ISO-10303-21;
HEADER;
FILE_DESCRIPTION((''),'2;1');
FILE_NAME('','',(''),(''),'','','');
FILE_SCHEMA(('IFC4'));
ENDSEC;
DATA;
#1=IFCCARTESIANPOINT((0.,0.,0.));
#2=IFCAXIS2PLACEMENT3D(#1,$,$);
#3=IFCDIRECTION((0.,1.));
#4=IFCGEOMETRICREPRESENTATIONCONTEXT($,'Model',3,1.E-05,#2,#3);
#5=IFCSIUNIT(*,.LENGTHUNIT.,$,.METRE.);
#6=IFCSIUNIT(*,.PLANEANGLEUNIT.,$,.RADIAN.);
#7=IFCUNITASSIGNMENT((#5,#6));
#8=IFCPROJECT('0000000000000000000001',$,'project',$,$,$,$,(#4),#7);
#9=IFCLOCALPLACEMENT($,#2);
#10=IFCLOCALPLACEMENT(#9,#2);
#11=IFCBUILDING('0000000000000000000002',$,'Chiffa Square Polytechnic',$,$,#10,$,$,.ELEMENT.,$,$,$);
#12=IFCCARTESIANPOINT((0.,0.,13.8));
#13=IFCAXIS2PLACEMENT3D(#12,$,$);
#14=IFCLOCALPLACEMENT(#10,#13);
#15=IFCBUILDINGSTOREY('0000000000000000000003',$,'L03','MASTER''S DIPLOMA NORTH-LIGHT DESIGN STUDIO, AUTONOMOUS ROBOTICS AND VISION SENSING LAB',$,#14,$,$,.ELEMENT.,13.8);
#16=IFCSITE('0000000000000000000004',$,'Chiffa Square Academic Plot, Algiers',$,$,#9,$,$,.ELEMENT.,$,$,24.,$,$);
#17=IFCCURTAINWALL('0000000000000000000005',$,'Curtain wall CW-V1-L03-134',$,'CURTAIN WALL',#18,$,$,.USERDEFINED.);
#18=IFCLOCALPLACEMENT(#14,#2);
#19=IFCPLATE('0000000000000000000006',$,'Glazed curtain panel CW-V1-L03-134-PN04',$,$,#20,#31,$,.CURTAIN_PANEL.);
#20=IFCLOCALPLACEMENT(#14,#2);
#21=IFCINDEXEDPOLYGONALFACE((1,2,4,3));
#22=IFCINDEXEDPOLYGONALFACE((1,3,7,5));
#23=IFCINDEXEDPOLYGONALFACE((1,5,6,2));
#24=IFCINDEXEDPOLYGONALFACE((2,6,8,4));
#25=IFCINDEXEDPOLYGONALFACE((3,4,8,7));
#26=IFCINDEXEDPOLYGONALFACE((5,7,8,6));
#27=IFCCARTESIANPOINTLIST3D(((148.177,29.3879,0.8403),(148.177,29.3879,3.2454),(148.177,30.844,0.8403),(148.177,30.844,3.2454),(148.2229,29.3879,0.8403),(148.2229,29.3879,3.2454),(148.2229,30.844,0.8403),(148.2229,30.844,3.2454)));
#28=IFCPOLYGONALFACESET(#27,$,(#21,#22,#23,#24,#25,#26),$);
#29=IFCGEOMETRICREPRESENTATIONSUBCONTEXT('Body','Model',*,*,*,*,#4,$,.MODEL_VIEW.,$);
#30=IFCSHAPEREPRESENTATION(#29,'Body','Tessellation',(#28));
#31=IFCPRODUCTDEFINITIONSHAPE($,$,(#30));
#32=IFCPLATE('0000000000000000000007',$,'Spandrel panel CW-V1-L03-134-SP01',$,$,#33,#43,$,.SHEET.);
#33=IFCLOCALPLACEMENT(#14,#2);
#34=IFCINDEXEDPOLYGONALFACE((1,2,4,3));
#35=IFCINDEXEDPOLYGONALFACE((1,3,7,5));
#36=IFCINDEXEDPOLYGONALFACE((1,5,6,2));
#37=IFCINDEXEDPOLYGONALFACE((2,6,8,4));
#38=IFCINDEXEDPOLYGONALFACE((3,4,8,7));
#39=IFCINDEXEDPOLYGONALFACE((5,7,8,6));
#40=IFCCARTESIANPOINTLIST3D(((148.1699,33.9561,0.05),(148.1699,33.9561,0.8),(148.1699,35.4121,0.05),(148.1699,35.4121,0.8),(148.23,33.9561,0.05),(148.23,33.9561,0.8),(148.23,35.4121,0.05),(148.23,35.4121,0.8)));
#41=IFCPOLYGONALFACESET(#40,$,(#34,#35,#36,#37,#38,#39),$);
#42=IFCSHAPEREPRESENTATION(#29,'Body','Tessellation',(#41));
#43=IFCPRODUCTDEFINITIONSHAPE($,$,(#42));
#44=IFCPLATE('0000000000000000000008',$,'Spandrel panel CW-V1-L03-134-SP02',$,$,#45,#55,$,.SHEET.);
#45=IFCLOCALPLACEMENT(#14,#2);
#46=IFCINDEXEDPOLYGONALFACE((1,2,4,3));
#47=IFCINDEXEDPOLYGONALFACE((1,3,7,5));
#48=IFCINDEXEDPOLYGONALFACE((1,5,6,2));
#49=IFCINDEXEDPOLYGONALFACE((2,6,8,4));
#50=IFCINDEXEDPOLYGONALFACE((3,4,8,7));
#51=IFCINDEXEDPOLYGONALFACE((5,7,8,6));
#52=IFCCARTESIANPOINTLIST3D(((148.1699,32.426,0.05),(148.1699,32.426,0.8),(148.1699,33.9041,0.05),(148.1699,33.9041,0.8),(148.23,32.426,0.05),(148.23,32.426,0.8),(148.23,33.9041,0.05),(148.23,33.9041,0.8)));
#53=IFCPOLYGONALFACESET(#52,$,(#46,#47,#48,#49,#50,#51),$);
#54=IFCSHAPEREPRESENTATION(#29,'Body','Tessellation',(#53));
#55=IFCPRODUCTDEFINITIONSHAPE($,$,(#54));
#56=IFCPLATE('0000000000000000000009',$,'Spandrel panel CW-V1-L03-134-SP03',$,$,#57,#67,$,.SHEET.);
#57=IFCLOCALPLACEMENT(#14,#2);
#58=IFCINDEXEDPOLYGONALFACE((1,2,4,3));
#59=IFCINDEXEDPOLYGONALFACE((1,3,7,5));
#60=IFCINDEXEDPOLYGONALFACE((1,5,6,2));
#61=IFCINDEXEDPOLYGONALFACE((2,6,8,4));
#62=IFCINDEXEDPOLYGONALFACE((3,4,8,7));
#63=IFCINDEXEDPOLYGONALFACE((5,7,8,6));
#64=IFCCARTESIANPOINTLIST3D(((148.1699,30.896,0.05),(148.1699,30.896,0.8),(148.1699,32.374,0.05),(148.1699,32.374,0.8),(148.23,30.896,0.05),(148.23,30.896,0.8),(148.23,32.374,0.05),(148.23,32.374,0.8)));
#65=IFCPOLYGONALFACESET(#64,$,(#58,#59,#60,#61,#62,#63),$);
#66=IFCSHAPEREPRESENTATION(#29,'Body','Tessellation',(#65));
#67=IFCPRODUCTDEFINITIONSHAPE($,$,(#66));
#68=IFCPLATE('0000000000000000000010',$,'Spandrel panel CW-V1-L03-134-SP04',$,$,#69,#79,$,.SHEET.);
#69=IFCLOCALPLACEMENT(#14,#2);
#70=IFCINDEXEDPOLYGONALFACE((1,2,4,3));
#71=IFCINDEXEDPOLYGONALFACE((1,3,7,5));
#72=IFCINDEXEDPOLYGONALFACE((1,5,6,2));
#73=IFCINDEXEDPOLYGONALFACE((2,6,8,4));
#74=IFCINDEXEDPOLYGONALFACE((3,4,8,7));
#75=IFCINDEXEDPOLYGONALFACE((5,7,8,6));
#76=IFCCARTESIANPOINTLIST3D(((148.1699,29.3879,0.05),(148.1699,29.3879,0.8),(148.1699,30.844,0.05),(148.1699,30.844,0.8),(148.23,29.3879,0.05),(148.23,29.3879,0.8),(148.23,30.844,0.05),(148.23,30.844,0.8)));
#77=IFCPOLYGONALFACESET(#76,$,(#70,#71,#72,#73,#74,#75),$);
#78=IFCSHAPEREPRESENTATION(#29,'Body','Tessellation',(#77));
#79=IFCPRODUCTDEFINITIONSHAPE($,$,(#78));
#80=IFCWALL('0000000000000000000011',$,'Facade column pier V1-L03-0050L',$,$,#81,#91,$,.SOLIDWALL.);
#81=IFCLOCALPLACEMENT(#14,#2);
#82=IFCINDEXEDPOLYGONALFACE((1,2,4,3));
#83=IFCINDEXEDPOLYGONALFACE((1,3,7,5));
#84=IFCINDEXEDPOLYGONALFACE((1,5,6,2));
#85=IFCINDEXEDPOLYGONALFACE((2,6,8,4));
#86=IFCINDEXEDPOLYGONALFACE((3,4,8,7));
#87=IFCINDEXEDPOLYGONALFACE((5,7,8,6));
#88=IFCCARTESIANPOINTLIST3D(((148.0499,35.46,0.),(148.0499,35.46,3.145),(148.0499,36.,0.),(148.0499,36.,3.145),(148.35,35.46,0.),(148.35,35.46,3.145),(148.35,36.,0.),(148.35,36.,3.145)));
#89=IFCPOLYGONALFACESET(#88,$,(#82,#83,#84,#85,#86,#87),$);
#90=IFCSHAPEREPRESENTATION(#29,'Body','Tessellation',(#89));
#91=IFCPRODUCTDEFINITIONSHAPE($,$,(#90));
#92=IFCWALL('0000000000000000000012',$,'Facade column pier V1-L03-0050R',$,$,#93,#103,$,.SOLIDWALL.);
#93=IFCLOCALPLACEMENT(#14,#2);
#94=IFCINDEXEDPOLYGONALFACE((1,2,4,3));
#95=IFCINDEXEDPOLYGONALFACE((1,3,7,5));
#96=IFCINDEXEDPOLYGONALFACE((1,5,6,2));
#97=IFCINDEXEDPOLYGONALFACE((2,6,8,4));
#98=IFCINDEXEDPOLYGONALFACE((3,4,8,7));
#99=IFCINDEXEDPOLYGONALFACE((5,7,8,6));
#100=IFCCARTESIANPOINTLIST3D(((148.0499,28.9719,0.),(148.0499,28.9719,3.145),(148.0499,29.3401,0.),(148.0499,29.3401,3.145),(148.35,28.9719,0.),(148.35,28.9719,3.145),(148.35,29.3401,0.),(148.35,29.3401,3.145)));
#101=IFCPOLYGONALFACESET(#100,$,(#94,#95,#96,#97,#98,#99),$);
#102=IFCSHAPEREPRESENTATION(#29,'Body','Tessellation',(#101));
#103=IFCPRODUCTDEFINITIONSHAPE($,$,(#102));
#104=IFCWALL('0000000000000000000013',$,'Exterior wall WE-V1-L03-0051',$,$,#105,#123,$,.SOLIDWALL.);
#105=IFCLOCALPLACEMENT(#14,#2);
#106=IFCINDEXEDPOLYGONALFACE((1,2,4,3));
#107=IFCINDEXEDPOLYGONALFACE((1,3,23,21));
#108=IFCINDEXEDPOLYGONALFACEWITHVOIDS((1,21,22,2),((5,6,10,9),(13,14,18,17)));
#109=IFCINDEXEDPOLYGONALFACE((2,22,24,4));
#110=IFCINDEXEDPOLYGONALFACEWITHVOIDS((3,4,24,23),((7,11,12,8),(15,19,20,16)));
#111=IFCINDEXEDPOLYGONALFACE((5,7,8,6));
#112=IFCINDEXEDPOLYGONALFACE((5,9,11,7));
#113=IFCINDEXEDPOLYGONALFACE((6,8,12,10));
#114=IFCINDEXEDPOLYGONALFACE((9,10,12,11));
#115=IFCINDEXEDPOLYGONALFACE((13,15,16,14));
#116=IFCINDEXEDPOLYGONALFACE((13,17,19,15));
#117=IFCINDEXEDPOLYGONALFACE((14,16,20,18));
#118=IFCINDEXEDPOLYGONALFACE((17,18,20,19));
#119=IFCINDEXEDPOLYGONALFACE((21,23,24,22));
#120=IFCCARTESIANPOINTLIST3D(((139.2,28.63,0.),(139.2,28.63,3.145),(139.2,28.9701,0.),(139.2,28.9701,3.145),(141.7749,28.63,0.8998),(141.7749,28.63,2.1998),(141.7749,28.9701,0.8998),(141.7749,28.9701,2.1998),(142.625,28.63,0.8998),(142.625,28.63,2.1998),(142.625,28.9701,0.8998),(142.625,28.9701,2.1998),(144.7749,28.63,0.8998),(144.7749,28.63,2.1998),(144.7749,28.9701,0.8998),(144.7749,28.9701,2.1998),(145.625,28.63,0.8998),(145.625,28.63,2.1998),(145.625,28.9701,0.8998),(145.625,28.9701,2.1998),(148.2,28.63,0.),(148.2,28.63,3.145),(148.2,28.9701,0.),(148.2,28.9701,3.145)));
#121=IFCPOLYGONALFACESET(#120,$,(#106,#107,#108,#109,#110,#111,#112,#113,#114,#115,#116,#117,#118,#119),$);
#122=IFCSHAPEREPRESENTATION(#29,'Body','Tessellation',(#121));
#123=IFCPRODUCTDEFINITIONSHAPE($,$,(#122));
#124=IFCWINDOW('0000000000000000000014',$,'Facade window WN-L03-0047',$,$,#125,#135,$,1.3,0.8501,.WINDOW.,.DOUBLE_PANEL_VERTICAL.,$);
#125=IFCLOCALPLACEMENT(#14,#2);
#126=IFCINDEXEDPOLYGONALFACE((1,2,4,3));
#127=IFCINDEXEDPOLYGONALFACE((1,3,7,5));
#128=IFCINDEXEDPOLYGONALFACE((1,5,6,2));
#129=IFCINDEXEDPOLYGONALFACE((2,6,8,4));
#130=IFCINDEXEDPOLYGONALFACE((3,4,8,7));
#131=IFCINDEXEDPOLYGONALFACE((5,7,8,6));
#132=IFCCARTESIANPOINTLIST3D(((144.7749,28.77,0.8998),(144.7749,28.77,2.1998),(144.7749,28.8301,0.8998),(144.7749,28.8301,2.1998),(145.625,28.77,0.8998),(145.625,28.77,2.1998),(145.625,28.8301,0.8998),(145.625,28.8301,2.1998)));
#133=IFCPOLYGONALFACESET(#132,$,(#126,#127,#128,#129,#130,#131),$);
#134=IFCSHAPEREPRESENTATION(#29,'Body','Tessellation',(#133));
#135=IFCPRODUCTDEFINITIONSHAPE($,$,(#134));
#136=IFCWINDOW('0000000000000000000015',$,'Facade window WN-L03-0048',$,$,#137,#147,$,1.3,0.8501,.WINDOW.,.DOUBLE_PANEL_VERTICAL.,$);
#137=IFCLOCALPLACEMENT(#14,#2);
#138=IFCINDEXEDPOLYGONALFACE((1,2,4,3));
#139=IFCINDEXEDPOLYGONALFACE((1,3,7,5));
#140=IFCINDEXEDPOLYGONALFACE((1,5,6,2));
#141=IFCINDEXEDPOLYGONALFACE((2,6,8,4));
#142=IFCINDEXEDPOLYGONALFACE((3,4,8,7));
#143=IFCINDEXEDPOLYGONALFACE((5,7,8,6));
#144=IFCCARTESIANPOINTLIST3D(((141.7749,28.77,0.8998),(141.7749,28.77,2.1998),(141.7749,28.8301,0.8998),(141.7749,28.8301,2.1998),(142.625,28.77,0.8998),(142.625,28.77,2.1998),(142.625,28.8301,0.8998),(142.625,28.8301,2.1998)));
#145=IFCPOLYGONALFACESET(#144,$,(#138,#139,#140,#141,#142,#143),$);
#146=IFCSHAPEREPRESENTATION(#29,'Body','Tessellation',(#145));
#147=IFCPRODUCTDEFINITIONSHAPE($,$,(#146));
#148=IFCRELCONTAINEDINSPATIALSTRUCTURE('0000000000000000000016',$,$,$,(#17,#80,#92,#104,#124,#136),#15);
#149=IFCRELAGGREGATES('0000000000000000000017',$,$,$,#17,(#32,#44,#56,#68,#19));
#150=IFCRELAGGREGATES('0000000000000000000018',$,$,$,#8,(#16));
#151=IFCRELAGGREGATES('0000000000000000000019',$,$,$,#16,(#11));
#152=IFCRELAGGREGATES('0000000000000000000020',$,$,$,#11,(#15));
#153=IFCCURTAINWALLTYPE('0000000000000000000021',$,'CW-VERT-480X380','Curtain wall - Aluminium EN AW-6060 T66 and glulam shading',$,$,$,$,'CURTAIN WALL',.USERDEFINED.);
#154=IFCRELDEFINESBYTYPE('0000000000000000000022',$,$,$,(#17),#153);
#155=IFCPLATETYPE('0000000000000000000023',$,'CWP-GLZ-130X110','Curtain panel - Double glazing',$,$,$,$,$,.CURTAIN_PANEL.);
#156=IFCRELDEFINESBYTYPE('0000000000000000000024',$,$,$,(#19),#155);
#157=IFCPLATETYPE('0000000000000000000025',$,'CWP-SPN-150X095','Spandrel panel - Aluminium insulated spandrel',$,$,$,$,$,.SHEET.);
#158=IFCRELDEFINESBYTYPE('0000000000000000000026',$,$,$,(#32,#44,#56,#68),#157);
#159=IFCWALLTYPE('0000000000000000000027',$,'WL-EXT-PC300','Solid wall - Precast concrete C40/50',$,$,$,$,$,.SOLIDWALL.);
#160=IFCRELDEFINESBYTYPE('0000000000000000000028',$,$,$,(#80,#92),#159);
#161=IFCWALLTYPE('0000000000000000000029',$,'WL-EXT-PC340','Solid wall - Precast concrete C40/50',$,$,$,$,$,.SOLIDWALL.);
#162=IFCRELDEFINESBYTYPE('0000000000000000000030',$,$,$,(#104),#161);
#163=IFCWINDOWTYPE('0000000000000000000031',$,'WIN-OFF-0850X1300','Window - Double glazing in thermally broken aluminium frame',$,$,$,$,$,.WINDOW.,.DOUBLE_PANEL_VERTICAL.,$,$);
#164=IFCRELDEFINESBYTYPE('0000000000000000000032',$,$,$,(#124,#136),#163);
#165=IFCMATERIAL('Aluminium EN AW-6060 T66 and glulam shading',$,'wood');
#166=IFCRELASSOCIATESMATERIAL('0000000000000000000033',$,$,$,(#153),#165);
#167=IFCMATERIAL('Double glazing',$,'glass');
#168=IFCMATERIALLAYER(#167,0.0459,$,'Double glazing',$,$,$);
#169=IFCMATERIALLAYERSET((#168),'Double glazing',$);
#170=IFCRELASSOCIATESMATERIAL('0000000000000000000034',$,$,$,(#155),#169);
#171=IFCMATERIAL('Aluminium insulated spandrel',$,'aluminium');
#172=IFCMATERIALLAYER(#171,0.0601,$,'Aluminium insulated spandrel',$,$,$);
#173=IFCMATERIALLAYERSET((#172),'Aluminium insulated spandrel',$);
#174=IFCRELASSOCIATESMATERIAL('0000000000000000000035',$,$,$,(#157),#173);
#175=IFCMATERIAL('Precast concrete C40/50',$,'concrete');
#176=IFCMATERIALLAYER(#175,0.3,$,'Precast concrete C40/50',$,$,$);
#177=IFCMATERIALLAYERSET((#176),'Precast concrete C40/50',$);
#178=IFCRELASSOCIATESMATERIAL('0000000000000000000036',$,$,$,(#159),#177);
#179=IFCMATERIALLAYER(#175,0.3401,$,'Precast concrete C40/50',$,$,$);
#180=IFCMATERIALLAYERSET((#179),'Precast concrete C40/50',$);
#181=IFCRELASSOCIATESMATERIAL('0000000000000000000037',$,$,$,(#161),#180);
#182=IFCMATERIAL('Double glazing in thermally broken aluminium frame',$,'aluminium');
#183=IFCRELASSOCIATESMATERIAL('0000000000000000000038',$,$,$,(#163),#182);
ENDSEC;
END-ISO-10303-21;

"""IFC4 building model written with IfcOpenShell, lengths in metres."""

from ifc_helpers import new_model, si_unit, direction, frame, frame_2d, origin, origin_2d, place, context, subcontext, project, spatial, rectangle, extrude, material, layer, layer_set, type_object, element, fill, aggregate, save


model = new_model("IFC4")

# Units and contexts
model_context = context("Model", 3, precision=1e-05, world=origin(), true_north=direction((0.0, 1.0)))
body_context = subcontext(model_context, "Body", "Model", "MODEL_VIEW")
ifc_project = project(units=[si_unit("LENGTHUNIT", "METRE"), si_unit("PLANEANGLEUNIT", "RADIAN")], contexts=[model_context])

# Site, building, storey
site_placement = place(None, origin())
site = spatial("IfcSite", under=ifc_project, at=site_placement, Name="Chiffa Square Academic Plot, Algiers", CompositionType="ELEMENT", RefElevation=24.0)
building_placement = place(site_placement, origin())
building = spatial("IfcBuilding", under=site, at=building_placement, Name="Chiffa Square Polytechnic", CompositionType="ELEMENT")
storey_placement = place(building_placement, frame((0.0, 0.0, 13.8)))
storey = spatial("IfcBuildingStorey", under=building, at=storey_placement, Name="L03", Description="MASTER'S DIPLOMA NORTH-LIGHT DESIGN STUDIO, AUTONOMOUS ROBOTICS AND VISION SENSING LAB", CompositionType="ELEMENT", Elevation=13.8)

# Curtain wall
ifc_material_1 = material(Name="Aluminium EN AW-6060 T66 and glulam shading", Category="wood")
curtain_wall_type = type_object("IfcCurtainWallType", Name="CW-VERT-480X380", Description="Curtain wall - Aluminium EN AW-6060 T66 and glulam shading", ElementType="CURTAIN WALL", PredefinedType="USERDEFINED", material=ifc_material_1)
curtain_wall_placement = place(storey_placement, origin())
curtain_wall = element("IfcCurtainWall", 1, at=curtain_wall_placement, inside=storey, type_object=curtain_wall_type, Name="Curtain wall CW-V1-L03-134", ObjectType="CURTAIN WALL", PredefinedType="USERDEFINED")

# Plates
ifc_material_2 = material(Name="Double glazing", Category="glass")
ifc_layer_1 = layer(ifc_material_2, 0.0459, Name="Double glazing")
ifc_layer_set_1 = layer_set([ifc_layer_1], Name="Double glazing")
plate_type_1 = type_object("IfcPlateType", Name="CWP-GLZ-130X110", Description="Curtain panel - Double glazing", PredefinedType="CURTAIN_PANEL", material=ifc_layer_set_1)
plate_1_placement = place(storey_placement, frame((148.2, 30.116, 0.8403), z_axis=(0.0, 0.0, 1.0), x_axis=(0.0, -1.0, 0.0)))
plate_1 = element("IfcPlate", 2, at=plate_1_placement, type_object=plate_type_1, Name="Glazed curtain panel CW-V1-L03-134-PN04", PredefinedType="CURTAIN_PANEL", context=body_context, shape_type="SweptSolid", body=[
    extrude(rectangle(XDim=1.4561, YDim=0.0459, at=origin_2d()), origin(), (0.0, 0.0, 1.0), 2.405),
])
ifc_material_3 = material(Name="Aluminium insulated spandrel", Category="aluminium")
ifc_layer_2 = layer(ifc_material_3, 0.0601, Name="Aluminium insulated spandrel")
ifc_layer_set_2 = layer_set([ifc_layer_2], Name="Aluminium insulated spandrel")
plate_type_2 = type_object("IfcPlateType", Name="CWP-SPN-150X095", Description="Spandrel panel - Aluminium insulated spandrel", PredefinedType="SHEET", material=ifc_layer_set_2)
plate_2_placement = place(storey_placement, frame((148.2, 34.6841, 0.05), z_axis=(0.0, 0.0, 1.0), x_axis=(0.0, -1.0, 0.0)))
plate_2 = element("IfcPlate", 3, at=plate_2_placement, type_object=plate_type_2, Name="Spandrel panel CW-V1-L03-134-SP01", PredefinedType="SHEET", context=body_context, shape_type="SweptSolid", body=[
    extrude(rectangle(XDim=1.4561, YDim=0.0601, at=origin_2d()), origin(), (0.0, 0.0, 1.0), 0.75),
])
plate_3_placement = place(storey_placement, frame((148.2, 33.165, 0.05), z_axis=(0.0, 0.0, 1.0), x_axis=(0.0, -1.0, 0.0)))
plate_3 = element("IfcPlate", 4, at=plate_3_placement, type_object=plate_type_2, Name="Spandrel panel CW-V1-L03-134-SP02", PredefinedType="SHEET", context=body_context, shape_type="SweptSolid", body=[
    extrude(rectangle(XDim=1.478, YDim=0.0601, at=origin_2d()), origin(), (0.0, 0.0, 1.0), 0.75),
])
plate_4_placement = place(storey_placement, frame((148.2, 31.635, 0.05), z_axis=(0.0, 0.0, 1.0), x_axis=(0.0, -1.0, 0.0)))
plate_4 = element("IfcPlate", 5, at=plate_4_placement, type_object=plate_type_2, Name="Spandrel panel CW-V1-L03-134-SP03", PredefinedType="SHEET", context=body_context, shape_type="SweptSolid", body=[
    extrude(rectangle(XDim=1.478, YDim=0.0601, at=origin_2d()), origin(), (0.0, 0.0, 1.0), 0.75),
])
plate_5_placement = place(storey_placement, frame((148.2, 30.116, 0.05), z_axis=(0.0, 0.0, 1.0), x_axis=(0.0, -1.0, 0.0)))
plate_5 = element("IfcPlate", 6, at=plate_5_placement, type_object=plate_type_2, Name="Spandrel panel CW-V1-L03-134-SP04", PredefinedType="SHEET", context=body_context, shape_type="SweptSolid", body=[
    extrude(rectangle(XDim=1.4561, YDim=0.0601, at=origin_2d()), origin(), (0.0, 0.0, 1.0), 0.75),
])
aggregate(curtain_wall, [plate_2, plate_3, plate_4, plate_5, plate_1])

# Walls
ifc_material_4 = material(Name="Precast concrete C40/50", Category="concrete")
ifc_layer_3 = layer(ifc_material_4, 0.3, Name="Precast concrete C40/50")
ifc_layer_set_3 = layer_set([ifc_layer_3], Name="Precast concrete C40/50")
wall_type_1 = type_object("IfcWallType", Name="WL-EXT-PC300", Description="Solid wall - Precast concrete C40/50", PredefinedType="SOLIDWALL", material=ifc_layer_set_3)
wall_1_placement = place(storey_placement, frame((148.2, 36.0, 0.0), z_axis=(0.0, 0.0, 1.0), x_axis=(0.0, -1.0, 0.0)))
element("IfcWall", 7, at=wall_1_placement, inside=storey, type_object=wall_type_1, Name="Facade column pier V1-L03-0050L", PredefinedType="SOLIDWALL", context=body_context, shape_type="SweptSolid", body=[
    extrude(rectangle(XDim=0.54, YDim=0.3, at=frame_2d((0.27, 0.0))), origin(), (0.0, 0.0, 1.0), 3.145),
])
wall_2_placement = place(storey_placement, frame((148.2, 29.3401, 0.0), z_axis=(0.0, 0.0, 1.0), x_axis=(0.0, -1.0, 0.0)))
element("IfcWall", 8, at=wall_2_placement, inside=storey, type_object=wall_type_1, Name="Facade column pier V1-L03-0050R", PredefinedType="SOLIDWALL", context=body_context, shape_type="SweptSolid", body=[
    extrude(rectangle(XDim=0.3682, YDim=0.3, at=frame_2d((0.1841, 0.0))), origin(), (0.0, 0.0, 1.0), 3.145),
])

# Wall, openings, windows
ifc_layer_4 = layer(ifc_material_4, 0.3401, Name="Precast concrete C40/50")
ifc_layer_set_4 = layer_set([ifc_layer_4], Name="Precast concrete C40/50")
wall_type_2 = type_object("IfcWallType", Name="WL-EXT-PC340", Description="Solid wall - Precast concrete C40/50", PredefinedType="SOLIDWALL", material=ifc_layer_set_4)
wall_3_placement = place(storey_placement, frame((148.2, 28.8, 0.0), z_axis=(0.0, 0.0, 1.0), x_axis=(-1.0, 0.0, 0.0)))
wall_3 = element("IfcWall", 9, at=wall_3_placement, inside=storey, type_object=wall_type_2, Name="Exterior wall WE-V1-L03-0051", PredefinedType="SOLIDWALL", context=body_context, shape_type="SweptSolid", body=[
    extrude(rectangle(XDim=9.0, YDim=0.3401, at=frame_2d((4.5, 0.0))), origin(), (0.0, 0.0, 1.0), 3.145),
])
opening_1_placement = place(wall_3_placement, frame((2.575, 0.0, 0.8999)))
opening_1 = element("IfcOpeningElement", 10, at=opening_1_placement, cuts=wall_3, PredefinedType="OPENING", context=body_context, shape_type="SweptSolid", body=[
    extrude(rectangle(XDim=0.8501, YDim=1.3, at=frame_2d((0.425, 0.6499))), frame((0.0, 0.1802, 0.0), z_axis=(0.0, -1.0, 0.0), x_axis=(1.0, 0.0, 0.0)), (0.0, 0.0, 1.0), 0.3601),
])
opening_2_placement = place(wall_3_placement, frame((5.575, 0.0, 0.8999)))
opening_2 = element("IfcOpeningElement", 11, at=opening_2_placement, cuts=wall_3, PredefinedType="OPENING", context=body_context, shape_type="SweptSolid", body=[
    extrude(rectangle(XDim=0.8501, YDim=1.3, at=frame_2d((0.425, 0.6499))), frame((0.0, 0.1802, 0.0), z_axis=(0.0, -1.0, 0.0), x_axis=(1.0, 0.0, 0.0)), (0.0, 0.0, 1.0), 0.3601),
])
ifc_material_5 = material(Name="Double glazing in thermally broken aluminium frame", Category="aluminium")
window_type = type_object("IfcWindowType", Name="WIN-OFF-0850X1300", Description="Window - Double glazing in thermally broken aluminium frame", PartitioningType="DOUBLE_PANEL_VERTICAL", PredefinedType="WINDOW", material=ifc_material_5)
window_1_placement = place(opening_1_placement, origin())
window_1 = element("IfcWindow", 12, at=window_1_placement, inside=storey, type_object=window_type, Name="Facade window WN-L03-0047", OverallHeight=1.3, OverallWidth=0.8501, PartitioningType="DOUBLE_PANEL_VERTICAL", PredefinedType="WINDOW", context=body_context, shape_type="SweptSolid", body=[
    extrude(rectangle(XDim=0.8501, YDim=1.3, at=frame_2d((0.425, 0.6499))), frame((0.0, 0.03, 0.0), z_axis=(0.0, -1.0, 0.0), x_axis=(1.0, 0.0, 0.0)), (0.0, 0.0, 1.0), 0.0601),
])
fill(opening_1, window_1)
window_2_placement = place(opening_2_placement, origin())
window_2 = element("IfcWindow", 13, at=window_2_placement, inside=storey, type_object=window_type, Name="Facade window WN-L03-0048", OverallHeight=1.3, OverallWidth=0.8501, PartitioningType="DOUBLE_PANEL_VERTICAL", PredefinedType="WINDOW", context=body_context, shape_type="SweptSolid", body=[
    extrude(rectangle(XDim=0.8501, YDim=1.3, at=frame_2d((0.425, 0.6499))), frame((0.0, 0.03, 0.0), z_axis=(0.0, -1.0, 0.0), x_axis=(1.0, 0.0, 0.0)), (0.0, 0.0, 1.0), 0.0601),
])
fill(opening_2, window_2)

save(model, "model.ifc")
